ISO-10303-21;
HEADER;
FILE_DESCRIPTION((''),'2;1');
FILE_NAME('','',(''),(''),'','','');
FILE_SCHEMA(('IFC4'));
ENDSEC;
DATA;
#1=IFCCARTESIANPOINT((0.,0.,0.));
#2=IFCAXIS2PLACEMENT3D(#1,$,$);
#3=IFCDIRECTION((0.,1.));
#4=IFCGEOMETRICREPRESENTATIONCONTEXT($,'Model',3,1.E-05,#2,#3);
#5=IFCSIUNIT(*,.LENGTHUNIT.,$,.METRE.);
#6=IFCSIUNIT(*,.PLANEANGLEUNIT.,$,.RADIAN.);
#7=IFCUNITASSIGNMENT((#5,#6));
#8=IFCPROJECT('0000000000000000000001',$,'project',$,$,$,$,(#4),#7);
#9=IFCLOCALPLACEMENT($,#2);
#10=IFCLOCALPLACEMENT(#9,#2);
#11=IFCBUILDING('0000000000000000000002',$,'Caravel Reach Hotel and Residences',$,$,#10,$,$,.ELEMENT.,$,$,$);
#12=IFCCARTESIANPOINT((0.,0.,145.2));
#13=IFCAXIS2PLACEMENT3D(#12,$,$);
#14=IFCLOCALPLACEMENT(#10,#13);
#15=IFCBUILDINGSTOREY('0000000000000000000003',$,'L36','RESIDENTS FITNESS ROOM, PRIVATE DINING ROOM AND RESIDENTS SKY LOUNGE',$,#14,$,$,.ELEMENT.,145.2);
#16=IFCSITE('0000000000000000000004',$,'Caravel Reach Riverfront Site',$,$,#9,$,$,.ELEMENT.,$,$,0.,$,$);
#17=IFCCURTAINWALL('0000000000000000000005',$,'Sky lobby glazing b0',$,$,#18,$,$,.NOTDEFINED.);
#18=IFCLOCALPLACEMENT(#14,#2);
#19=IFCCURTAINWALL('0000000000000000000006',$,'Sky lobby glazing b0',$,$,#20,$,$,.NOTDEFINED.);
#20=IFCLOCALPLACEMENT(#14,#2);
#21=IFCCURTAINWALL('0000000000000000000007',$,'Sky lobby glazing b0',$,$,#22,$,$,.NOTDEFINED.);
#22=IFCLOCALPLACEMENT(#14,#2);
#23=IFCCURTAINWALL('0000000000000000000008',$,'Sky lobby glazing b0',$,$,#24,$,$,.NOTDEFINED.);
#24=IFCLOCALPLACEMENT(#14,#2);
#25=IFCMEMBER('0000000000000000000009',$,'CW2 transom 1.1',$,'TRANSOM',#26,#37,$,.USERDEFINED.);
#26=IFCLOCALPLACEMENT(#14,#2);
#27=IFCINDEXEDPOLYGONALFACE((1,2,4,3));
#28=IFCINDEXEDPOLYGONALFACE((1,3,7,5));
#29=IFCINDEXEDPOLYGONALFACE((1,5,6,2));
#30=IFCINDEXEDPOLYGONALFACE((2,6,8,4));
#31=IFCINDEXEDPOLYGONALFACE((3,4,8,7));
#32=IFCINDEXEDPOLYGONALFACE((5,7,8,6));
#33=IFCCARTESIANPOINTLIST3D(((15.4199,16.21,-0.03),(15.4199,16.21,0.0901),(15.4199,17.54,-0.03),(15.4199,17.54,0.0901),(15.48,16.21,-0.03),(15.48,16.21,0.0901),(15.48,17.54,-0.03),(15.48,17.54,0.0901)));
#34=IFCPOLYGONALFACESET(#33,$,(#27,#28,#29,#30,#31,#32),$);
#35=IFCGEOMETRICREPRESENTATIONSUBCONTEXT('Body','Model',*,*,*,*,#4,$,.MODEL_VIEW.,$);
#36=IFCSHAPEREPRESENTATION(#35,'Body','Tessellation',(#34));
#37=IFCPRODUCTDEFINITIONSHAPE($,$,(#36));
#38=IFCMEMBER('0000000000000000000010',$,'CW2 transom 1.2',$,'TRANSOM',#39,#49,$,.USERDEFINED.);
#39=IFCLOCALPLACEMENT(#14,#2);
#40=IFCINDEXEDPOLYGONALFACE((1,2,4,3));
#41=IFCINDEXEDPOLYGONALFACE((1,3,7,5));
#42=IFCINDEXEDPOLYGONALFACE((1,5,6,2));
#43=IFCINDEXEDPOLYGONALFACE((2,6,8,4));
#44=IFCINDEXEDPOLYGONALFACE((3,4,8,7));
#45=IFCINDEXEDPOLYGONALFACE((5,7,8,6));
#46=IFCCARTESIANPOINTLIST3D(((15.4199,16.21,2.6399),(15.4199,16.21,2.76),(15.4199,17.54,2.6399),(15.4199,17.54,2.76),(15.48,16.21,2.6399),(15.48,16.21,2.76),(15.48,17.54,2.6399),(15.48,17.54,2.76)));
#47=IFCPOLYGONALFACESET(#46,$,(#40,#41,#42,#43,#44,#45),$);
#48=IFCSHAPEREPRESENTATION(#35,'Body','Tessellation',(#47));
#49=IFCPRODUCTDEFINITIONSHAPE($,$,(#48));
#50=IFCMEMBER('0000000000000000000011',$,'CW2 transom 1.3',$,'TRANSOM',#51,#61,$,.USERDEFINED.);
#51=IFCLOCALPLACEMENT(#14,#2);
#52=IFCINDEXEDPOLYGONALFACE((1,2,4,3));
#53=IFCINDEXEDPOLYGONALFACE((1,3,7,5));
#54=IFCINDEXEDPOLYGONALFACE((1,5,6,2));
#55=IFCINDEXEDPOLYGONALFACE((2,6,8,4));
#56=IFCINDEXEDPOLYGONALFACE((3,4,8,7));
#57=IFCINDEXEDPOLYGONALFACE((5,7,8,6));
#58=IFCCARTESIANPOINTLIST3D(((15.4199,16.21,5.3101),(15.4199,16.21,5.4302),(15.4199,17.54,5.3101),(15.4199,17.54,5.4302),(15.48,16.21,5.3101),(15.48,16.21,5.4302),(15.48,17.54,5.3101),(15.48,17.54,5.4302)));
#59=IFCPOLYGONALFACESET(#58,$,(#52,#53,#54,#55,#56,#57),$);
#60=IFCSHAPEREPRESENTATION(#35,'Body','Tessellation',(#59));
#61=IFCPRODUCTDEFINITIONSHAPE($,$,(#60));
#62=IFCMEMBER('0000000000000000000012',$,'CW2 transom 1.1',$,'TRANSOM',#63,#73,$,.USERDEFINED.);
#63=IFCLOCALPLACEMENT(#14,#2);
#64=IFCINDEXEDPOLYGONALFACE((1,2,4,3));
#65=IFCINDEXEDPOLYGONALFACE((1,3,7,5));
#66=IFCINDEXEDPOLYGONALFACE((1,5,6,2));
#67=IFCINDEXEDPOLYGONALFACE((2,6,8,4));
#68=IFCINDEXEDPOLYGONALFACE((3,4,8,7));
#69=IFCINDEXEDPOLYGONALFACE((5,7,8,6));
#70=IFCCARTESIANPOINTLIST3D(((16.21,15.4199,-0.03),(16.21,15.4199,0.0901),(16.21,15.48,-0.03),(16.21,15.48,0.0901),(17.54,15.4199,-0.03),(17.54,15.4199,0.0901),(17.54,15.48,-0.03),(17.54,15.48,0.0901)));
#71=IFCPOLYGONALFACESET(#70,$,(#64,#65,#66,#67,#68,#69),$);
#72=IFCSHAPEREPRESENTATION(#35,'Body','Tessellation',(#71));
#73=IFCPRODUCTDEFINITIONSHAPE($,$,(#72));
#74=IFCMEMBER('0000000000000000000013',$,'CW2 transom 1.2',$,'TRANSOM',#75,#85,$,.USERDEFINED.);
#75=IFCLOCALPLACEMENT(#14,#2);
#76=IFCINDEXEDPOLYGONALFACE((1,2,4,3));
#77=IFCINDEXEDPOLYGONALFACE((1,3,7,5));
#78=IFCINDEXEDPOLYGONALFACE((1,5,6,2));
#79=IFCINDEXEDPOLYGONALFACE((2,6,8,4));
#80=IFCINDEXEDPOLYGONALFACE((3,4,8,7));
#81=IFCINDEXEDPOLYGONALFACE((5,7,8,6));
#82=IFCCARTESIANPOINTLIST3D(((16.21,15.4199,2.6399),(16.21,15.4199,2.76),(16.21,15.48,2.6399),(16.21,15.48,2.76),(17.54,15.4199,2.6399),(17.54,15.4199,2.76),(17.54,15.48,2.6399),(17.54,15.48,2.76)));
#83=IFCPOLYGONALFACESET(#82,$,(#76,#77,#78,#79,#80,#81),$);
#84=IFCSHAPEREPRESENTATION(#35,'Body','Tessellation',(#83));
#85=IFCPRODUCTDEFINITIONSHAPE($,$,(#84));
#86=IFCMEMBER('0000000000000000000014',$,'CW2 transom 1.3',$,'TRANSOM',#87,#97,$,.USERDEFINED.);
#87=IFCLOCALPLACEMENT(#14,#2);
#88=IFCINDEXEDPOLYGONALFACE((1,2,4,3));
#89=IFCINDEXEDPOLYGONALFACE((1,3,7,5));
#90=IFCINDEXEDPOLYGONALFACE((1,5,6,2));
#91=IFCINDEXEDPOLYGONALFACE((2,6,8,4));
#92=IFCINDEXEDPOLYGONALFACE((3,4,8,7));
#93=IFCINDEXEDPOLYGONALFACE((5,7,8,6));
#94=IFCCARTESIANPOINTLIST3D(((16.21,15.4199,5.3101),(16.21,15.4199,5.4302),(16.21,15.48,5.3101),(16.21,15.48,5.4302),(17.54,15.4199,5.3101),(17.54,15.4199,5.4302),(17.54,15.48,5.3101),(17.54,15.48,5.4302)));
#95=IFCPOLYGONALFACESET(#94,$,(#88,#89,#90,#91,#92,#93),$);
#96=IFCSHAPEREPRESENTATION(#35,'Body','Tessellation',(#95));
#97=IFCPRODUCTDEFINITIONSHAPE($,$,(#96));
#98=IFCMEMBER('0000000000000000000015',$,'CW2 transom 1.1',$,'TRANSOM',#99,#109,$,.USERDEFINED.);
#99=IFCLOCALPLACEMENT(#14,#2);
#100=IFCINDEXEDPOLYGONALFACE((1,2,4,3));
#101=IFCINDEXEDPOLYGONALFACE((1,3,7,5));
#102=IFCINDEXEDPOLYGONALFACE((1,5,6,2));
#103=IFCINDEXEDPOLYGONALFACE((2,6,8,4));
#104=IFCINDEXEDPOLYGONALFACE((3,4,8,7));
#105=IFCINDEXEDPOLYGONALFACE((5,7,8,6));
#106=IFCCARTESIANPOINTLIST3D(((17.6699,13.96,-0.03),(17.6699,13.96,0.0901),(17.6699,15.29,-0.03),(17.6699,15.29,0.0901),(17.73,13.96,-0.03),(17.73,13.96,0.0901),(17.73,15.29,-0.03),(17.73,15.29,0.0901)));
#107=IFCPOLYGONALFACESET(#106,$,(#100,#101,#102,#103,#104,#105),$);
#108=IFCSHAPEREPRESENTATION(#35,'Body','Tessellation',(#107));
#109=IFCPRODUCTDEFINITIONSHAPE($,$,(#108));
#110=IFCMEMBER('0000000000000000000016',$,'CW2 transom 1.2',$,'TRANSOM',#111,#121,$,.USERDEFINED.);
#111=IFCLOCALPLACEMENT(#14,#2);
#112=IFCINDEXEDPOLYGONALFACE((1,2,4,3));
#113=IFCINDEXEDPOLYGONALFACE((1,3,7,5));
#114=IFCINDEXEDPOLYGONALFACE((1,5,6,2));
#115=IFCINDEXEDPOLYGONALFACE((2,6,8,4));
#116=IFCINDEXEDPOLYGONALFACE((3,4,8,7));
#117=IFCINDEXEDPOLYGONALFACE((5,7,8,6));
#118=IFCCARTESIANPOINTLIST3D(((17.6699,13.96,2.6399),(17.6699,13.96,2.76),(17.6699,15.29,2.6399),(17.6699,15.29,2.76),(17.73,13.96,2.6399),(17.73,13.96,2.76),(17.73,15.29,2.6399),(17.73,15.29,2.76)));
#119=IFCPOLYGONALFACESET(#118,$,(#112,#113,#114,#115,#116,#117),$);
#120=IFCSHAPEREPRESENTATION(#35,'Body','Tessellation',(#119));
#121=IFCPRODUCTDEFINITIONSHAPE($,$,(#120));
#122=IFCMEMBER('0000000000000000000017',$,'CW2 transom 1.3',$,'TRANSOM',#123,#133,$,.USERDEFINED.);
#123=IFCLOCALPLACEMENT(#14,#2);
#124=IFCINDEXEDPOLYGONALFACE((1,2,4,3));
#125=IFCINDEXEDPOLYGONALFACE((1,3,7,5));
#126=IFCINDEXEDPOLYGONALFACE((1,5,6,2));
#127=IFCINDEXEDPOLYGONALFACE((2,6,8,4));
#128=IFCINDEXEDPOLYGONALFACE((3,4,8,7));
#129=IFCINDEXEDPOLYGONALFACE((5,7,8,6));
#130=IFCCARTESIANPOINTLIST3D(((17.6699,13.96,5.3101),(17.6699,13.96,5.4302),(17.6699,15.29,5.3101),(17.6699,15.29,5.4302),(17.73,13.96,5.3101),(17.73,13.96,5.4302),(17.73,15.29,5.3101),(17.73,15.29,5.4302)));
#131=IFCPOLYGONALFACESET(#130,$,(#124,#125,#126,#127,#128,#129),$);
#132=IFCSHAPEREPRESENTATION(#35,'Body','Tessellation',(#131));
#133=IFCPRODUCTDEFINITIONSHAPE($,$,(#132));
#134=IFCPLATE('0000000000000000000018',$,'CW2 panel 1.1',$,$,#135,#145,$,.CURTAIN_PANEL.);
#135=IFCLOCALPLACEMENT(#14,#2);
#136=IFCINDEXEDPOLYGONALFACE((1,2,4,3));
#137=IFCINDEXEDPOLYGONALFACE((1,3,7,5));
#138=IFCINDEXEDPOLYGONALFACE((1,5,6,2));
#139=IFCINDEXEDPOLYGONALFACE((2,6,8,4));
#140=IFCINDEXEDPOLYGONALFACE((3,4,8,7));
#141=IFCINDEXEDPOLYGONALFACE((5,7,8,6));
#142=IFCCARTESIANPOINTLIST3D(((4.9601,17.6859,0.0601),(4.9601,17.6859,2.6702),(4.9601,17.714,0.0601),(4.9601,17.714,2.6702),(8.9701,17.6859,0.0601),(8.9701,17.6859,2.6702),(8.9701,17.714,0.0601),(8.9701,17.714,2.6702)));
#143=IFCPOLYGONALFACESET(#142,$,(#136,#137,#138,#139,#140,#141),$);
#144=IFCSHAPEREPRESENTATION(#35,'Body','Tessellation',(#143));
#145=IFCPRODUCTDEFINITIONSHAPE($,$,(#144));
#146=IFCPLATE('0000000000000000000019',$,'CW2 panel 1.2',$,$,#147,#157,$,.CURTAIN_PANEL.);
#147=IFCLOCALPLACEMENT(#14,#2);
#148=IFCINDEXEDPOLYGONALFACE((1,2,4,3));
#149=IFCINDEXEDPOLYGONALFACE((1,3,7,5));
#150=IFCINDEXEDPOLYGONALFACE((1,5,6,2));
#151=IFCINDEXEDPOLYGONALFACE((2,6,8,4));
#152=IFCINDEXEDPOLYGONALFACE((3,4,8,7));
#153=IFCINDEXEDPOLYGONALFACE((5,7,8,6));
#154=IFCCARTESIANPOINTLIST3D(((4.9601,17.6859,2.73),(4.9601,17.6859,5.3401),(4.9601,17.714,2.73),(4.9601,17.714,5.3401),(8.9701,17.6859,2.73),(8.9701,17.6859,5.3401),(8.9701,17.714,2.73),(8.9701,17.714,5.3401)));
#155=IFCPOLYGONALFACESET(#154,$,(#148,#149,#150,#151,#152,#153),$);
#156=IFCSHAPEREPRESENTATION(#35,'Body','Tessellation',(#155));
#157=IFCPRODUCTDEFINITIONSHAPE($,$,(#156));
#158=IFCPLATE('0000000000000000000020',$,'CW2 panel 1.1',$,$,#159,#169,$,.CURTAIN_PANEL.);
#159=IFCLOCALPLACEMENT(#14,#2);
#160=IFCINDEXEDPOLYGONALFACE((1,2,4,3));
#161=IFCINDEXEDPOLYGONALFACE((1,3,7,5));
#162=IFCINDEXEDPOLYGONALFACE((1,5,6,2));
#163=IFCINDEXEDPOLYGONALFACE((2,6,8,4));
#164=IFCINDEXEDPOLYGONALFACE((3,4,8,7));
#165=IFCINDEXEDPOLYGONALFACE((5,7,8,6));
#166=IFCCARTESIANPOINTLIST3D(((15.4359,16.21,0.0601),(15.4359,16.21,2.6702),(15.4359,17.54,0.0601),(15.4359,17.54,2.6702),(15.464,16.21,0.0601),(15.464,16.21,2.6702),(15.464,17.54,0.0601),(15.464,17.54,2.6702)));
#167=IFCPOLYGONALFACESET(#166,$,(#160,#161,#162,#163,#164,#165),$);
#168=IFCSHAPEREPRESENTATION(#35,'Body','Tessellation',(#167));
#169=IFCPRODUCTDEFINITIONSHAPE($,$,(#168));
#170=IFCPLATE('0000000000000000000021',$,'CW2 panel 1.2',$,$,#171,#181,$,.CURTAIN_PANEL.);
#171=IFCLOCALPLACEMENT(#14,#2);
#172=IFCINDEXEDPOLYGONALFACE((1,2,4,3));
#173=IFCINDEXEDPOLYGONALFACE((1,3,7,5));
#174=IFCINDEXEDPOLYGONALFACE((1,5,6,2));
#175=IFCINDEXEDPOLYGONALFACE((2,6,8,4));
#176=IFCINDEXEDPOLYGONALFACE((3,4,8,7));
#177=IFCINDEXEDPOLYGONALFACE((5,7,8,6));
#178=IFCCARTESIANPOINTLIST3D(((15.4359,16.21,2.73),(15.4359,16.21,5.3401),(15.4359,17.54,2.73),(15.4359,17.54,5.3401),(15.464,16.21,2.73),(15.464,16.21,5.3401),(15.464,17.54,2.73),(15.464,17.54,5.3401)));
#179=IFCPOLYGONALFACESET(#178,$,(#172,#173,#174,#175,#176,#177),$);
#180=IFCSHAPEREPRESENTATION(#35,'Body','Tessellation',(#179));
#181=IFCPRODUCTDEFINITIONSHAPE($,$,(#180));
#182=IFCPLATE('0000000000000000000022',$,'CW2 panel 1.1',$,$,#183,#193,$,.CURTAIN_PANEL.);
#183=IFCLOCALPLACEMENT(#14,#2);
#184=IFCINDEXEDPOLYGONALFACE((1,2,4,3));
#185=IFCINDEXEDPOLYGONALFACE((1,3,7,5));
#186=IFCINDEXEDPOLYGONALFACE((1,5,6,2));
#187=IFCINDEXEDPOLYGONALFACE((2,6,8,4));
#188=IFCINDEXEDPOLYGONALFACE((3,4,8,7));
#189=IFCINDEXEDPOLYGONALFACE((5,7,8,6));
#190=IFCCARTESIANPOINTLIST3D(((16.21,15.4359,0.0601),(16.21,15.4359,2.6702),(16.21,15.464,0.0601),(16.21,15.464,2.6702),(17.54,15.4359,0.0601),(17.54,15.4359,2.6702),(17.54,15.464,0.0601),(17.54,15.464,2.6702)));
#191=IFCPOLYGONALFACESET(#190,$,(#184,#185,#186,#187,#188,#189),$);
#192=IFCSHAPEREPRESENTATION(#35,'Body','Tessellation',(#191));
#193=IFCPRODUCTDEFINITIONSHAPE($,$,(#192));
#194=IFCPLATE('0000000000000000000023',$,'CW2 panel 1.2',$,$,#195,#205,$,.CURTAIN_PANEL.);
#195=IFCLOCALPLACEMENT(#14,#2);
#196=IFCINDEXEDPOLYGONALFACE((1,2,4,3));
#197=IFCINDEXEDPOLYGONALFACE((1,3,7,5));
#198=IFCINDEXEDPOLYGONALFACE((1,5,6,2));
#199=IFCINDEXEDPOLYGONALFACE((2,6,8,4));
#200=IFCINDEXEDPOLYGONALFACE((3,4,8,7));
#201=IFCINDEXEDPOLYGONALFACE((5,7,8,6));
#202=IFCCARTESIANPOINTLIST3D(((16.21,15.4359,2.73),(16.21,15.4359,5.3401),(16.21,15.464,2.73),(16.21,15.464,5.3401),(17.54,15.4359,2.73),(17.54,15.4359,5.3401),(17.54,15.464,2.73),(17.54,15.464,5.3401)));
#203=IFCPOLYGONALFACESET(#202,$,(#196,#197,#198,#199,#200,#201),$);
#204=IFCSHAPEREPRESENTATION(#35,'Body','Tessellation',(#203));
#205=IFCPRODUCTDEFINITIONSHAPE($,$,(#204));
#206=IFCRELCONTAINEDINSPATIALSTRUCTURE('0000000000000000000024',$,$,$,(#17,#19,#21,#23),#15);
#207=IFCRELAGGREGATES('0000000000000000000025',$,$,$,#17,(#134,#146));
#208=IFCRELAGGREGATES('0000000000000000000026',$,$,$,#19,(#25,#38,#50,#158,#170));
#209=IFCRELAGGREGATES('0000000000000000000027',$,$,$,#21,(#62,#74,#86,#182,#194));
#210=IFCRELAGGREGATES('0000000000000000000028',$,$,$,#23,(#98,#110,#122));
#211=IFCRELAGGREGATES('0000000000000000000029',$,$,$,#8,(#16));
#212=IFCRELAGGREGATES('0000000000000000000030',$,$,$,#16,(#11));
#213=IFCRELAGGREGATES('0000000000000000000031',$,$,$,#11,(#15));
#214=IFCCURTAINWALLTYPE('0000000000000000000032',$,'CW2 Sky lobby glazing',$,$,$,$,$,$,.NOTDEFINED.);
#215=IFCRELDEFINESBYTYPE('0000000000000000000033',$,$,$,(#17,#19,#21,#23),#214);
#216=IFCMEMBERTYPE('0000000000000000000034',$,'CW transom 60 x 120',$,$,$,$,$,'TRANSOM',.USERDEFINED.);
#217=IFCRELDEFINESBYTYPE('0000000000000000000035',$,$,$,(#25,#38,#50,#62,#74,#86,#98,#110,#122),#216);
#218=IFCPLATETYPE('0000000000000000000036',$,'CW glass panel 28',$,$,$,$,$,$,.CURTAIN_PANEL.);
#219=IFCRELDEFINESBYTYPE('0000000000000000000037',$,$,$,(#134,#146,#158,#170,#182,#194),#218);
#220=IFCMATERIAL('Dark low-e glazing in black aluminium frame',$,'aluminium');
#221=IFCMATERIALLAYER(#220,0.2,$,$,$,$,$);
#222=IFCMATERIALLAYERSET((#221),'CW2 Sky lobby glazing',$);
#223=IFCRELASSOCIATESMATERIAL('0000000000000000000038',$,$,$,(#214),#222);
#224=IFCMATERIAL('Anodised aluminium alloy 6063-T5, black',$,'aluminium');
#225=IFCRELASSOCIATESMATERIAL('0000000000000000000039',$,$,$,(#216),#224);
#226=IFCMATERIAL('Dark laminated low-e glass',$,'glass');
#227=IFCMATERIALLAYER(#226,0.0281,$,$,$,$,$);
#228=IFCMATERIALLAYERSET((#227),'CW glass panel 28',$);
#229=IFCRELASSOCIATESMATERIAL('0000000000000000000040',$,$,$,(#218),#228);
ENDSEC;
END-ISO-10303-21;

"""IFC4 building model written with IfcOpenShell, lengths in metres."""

from ifc_helpers import new_model, si_unit, direction, frame, origin, origin_2d, place, context, subcontext, project, spatial, rectangle, extrude, material, layer, layer_set, material_profile, profile_set, type_object, element, aggregate, save


model = new_model("IFC4")

# Units and contexts
model_context = context("Model", 3, precision=1e-05, world=origin(), true_north=direction((0.0, 1.0)))
body_context = subcontext(model_context, "Body", "Model", "MODEL_VIEW")
ifc_project = project(units=[si_unit("LENGTHUNIT", "METRE"), si_unit("PLANEANGLEUNIT", "RADIAN")], contexts=[model_context])

# Site, building, storey
site_placement = place(None, origin())
site = spatial("IfcSite", under=ifc_project, at=site_placement, Name="Caravel Reach Riverfront Site", CompositionType="ELEMENT", RefElevation=0.0)
building_placement = place(site_placement, origin())
building = spatial("IfcBuilding", under=site, at=building_placement, Name="Caravel Reach Hotel and Residences", CompositionType="ELEMENT")
storey_placement = place(building_placement, frame((0.0, 0.0, 145.2)))
storey = spatial("IfcBuildingStorey", under=building, at=storey_placement, Name="L36", Description="RESIDENTS FITNESS ROOM, PRIVATE DINING ROOM AND RESIDENTS SKY LOUNGE", CompositionType="ELEMENT", Elevation=145.2)

# Curtain walls
ifc_material_1 = material(Name="Dark low-e glazing in black aluminium frame", Category="aluminium")
ifc_layer_1 = layer(ifc_material_1, 0.2)
ifc_layer_set_1 = layer_set([ifc_layer_1], Name="CW2 Sky lobby glazing")
curtain_wall_type = type_object("IfcCurtainWallType", Name="CW2 Sky lobby glazing", PredefinedType="NOTDEFINED", material=ifc_layer_set_1)
curtain_wall_1_placement = place(storey_placement, origin())
curtain_wall_1 = element("IfcCurtainWall", 1, at=curtain_wall_1_placement, inside=storey, type_object=curtain_wall_type, Name="Sky lobby glazing b0", PredefinedType="NOTDEFINED")
curtain_wall_2_placement = place(storey_placement, origin())
curtain_wall_2 = element("IfcCurtainWall", 2, at=curtain_wall_2_placement, inside=storey, type_object=curtain_wall_type, Name="Sky lobby glazing b0", PredefinedType="NOTDEFINED")
curtain_wall_3_placement = place(storey_placement, origin())
curtain_wall_3 = element("IfcCurtainWall", 3, at=curtain_wall_3_placement, inside=storey, type_object=curtain_wall_type, Name="Sky lobby glazing b0", PredefinedType="NOTDEFINED")
curtain_wall_4_placement = place(storey_placement, origin())
curtain_wall_4 = element("IfcCurtainWall", 4, at=curtain_wall_4_placement, inside=storey, type_object=curtain_wall_type, Name="Sky lobby glazing b0", PredefinedType="NOTDEFINED")

# Members
ifc_material_2 = material(Name="Anodised aluminium alloy 6063-T5, black", Category="aluminium")
ifc_material_profile_1 = material_profile(ifc_material_2, rectangle(XDim=0.0601, YDim=0.1201, at=origin_2d()), Name="CW transom 60 x 120")
ifc_profile_set_1 = profile_set([ifc_material_profile_1], Name="Anodised aluminium alloy 6063-T5, black")
member_type_1 = type_object("IfcMemberType", Name="CW transom 60 x 120", ElementType="TRANSOM", PredefinedType="USERDEFINED", material=ifc_profile_set_1)
member_1_placement = place(storey_placement, frame((15.45, 17.54, 0.03), z_axis=(0.0, -1.0, 0.0), x_axis=(1.0, 0.0, 0.0)))
member_1 = element("IfcMember", 5, at=member_1_placement, type_object=member_type_1, Name="CW2 transom 1.1", ObjectType="TRANSOM", PredefinedType="USERDEFINED", context=body_context, shape_type="SweptSolid", body=[
    extrude(rectangle(XDim=0.0601, YDim=0.1201, at=origin_2d()), origin(), (0.0, 0.0, 1.0), 1.3301),
])
member_2_placement = place(storey_placement, frame((15.45, 17.54, 2.7), z_axis=(0.0, -1.0, 0.0), x_axis=(1.0, 0.0, 0.0)))
member_2 = element("IfcMember", 6, at=member_2_placement, type_object=member_type_1, Name="CW2 transom 1.2", ObjectType="TRANSOM", PredefinedType="USERDEFINED", context=body_context, shape_type="SweptSolid", body=[
    extrude(rectangle(XDim=0.0601, YDim=0.1201, at=origin_2d()), origin(), (0.0, 0.0, 1.0), 1.3301),
])
member_3_placement = place(storey_placement, frame((15.45, 17.54, 5.3701), z_axis=(0.0, -1.0, 0.0), x_axis=(1.0, 0.0, 0.0)))
member_3 = element("IfcMember", 7, at=member_3_placement, type_object=member_type_1, Name="CW2 transom 1.3", ObjectType="TRANSOM", PredefinedType="USERDEFINED", context=body_context, shape_type="SweptSolid", body=[
    extrude(rectangle(XDim=0.0601, YDim=0.1201, at=origin_2d()), origin(), (0.0, 0.0, 1.0), 1.3301),
])
member_4_placement = place(storey_placement, frame((16.21, 15.45, 0.03), z_axis=(1.0, 0.0, 0.0), x_axis=(0.0, 1.0, 0.0)))
member_4 = element("IfcMember", 8, at=member_4_placement, type_object=member_type_1, Name="CW2 transom 1.1", ObjectType="TRANSOM", PredefinedType="USERDEFINED", context=body_context, shape_type="SweptSolid", body=[
    extrude(rectangle(XDim=0.0601, YDim=0.1201, at=origin_2d()), origin(), (0.0, 0.0, 1.0), 1.3301),
])
member_5_placement = place(storey_placement, frame((16.21, 15.45, 2.7), z_axis=(1.0, 0.0, 0.0), x_axis=(0.0, 1.0, 0.0)))
member_5 = element("IfcMember", 9, at=member_5_placement, type_object=member_type_1, Name="CW2 transom 1.2", ObjectType="TRANSOM", PredefinedType="USERDEFINED", context=body_context, shape_type="SweptSolid", body=[
    extrude(rectangle(XDim=0.0601, YDim=0.1201, at=origin_2d()), origin(), (0.0, 0.0, 1.0), 1.3301),
])
member_6_placement = place(storey_placement, frame((16.21, 15.45, 5.3701), z_axis=(1.0, 0.0, 0.0), x_axis=(0.0, 1.0, 0.0)))
member_6 = element("IfcMember", 10, at=member_6_placement, type_object=member_type_1, Name="CW2 transom 1.3", ObjectType="TRANSOM", PredefinedType="USERDEFINED", context=body_context, shape_type="SweptSolid", body=[
    extrude(rectangle(XDim=0.0601, YDim=0.1201, at=origin_2d()), origin(), (0.0, 0.0, 1.0), 1.3301),
])
member_7_placement = place(storey_placement, frame((17.7, 15.29, 0.03), z_axis=(0.0, -1.0, 0.0), x_axis=(1.0, 0.0, 0.0)))
member_7 = element("IfcMember", 11, at=member_7_placement, type_object=member_type_1, Name="CW2 transom 1.1", ObjectType="TRANSOM", PredefinedType="USERDEFINED", context=body_context, shape_type="SweptSolid", body=[
    extrude(rectangle(XDim=0.0601, YDim=0.1201, at=origin_2d()), origin(), (0.0, 0.0, 1.0), 1.3301),
])
member_8_placement = place(storey_placement, frame((17.7, 15.29, 2.7), z_axis=(0.0, -1.0, 0.0), x_axis=(1.0, 0.0, 0.0)))
member_8 = element("IfcMember", 12, at=member_8_placement, type_object=member_type_1, Name="CW2 transom 1.2", ObjectType="TRANSOM", PredefinedType="USERDEFINED", context=body_context, shape_type="SweptSolid", body=[
    extrude(rectangle(XDim=0.0601, YDim=0.1201, at=origin_2d()), origin(), (0.0, 0.0, 1.0), 1.3301),
])
member_9_placement = place(storey_placement, frame((17.7, 15.29, 5.3701), z_axis=(0.0, -1.0, 0.0), x_axis=(1.0, 0.0, 0.0)))
member_9 = element("IfcMember", 13, at=member_9_placement, type_object=member_type_1, Name="CW2 transom 1.3", ObjectType="TRANSOM", PredefinedType="USERDEFINED", context=body_context, shape_type="SweptSolid", body=[
    extrude(rectangle(XDim=0.0601, YDim=0.1201, at=origin_2d()), origin(), (0.0, 0.0, 1.0), 1.3301),
])

# Plates
ifc_material_3 = material(Name="Dark laminated low-e glass", Category="glass")
ifc_layer_2 = layer(ifc_material_3, 0.0281)
ifc_layer_set_2 = layer_set([ifc_layer_2], Name="CW glass panel 28")
plate_type = type_object("IfcPlateType", Name="CW glass panel 28", PredefinedType="CURTAIN_PANEL", material=ifc_layer_set_2)
plate_1_placement = place(storey_placement, frame((6.9651, 17.7, 0.0601), z_axis=(0.0, 0.0, 1.0), x_axis=(1.0, 0.0, 0.0)))
plate_1 = element("IfcPlate", 14, at=plate_1_placement, type_object=plate_type, Name="CW2 panel 1.1", PredefinedType="CURTAIN_PANEL", context=body_context, shape_type="SweptSolid", body=[
    extrude(rectangle(XDim=4.01, YDim=0.0281, at=origin_2d()), origin(), (0.0, 0.0, 1.0), 2.6101),
])
plate_2_placement = place(storey_placement, frame((6.9651, 17.7, 2.73), z_axis=(0.0, 0.0, 1.0), x_axis=(1.0, 0.0, 0.0)))
plate_2 = element("IfcPlate", 15, at=plate_2_placement, type_object=plate_type, Name="CW2 panel 1.2", PredefinedType="CURTAIN_PANEL", context=body_context, shape_type="SweptSolid", body=[
    extrude(rectangle(XDim=4.01, YDim=0.0281, at=origin_2d()), origin(), (0.0, 0.0, 1.0), 2.6101),
])
aggregate(curtain_wall_1, [plate_1, plate_2])
plate_3_placement = place(storey_placement, frame((15.45, 16.875, 0.0601), z_axis=(0.0, 0.0, 1.0), x_axis=(0.0, -1.0, 0.0)))
plate_3 = element("IfcPlate", 16, at=plate_3_placement, type_object=plate_type, Name="CW2 panel 1.1", PredefinedType="CURTAIN_PANEL", context=body_context, shape_type="SweptSolid", body=[
    extrude(rectangle(XDim=1.3301, YDim=0.0281, at=origin_2d()), origin(), (0.0, 0.0, 1.0), 2.6101),
])
plate_4_placement = place(storey_placement, frame((15.45, 16.875, 2.73), z_axis=(0.0, 0.0, 1.0), x_axis=(0.0, -1.0, 0.0)))
plate_4 = element("IfcPlate", 17, at=plate_4_placement, type_object=plate_type, Name="CW2 panel 1.2", PredefinedType="CURTAIN_PANEL", context=body_context, shape_type="SweptSolid", body=[
    extrude(rectangle(XDim=1.3301, YDim=0.0281, at=origin_2d()), origin(), (0.0, 0.0, 1.0), 2.6101),
])
aggregate(curtain_wall_2, [member_1, member_2, member_3, plate_3, plate_4])
plate_5_placement = place(storey_placement, frame((16.875, 15.45, 0.0601), z_axis=(0.0, 0.0, 1.0), x_axis=(1.0, 0.0, 0.0)))
plate_5 = element("IfcPlate", 18, at=plate_5_placement, type_object=plate_type, Name="CW2 panel 1.1", PredefinedType="CURTAIN_PANEL", context=body_context, shape_type="SweptSolid", body=[
    extrude(rectangle(XDim=1.3301, YDim=0.0281, at=origin_2d()), origin(), (0.0, 0.0, 1.0), 2.6101),
])
plate_6_placement = place(storey_placement, frame((16.875, 15.45, 2.73), z_axis=(0.0, 0.0, 1.0), x_axis=(1.0, 0.0, 0.0)))
plate_6 = element("IfcPlate", 19, at=plate_6_placement, type_object=plate_type, Name="CW2 panel 1.2", PredefinedType="CURTAIN_PANEL", context=body_context, shape_type="SweptSolid", body=[
    extrude(rectangle(XDim=1.3301, YDim=0.0281, at=origin_2d()), origin(), (0.0, 0.0, 1.0), 2.6101),
])
aggregate(curtain_wall_3, [member_4, member_5, member_6, plate_5, plate_6])
aggregate(curtain_wall_4, [member_7, member_8, member_9])

save(model, "model.ifc")
